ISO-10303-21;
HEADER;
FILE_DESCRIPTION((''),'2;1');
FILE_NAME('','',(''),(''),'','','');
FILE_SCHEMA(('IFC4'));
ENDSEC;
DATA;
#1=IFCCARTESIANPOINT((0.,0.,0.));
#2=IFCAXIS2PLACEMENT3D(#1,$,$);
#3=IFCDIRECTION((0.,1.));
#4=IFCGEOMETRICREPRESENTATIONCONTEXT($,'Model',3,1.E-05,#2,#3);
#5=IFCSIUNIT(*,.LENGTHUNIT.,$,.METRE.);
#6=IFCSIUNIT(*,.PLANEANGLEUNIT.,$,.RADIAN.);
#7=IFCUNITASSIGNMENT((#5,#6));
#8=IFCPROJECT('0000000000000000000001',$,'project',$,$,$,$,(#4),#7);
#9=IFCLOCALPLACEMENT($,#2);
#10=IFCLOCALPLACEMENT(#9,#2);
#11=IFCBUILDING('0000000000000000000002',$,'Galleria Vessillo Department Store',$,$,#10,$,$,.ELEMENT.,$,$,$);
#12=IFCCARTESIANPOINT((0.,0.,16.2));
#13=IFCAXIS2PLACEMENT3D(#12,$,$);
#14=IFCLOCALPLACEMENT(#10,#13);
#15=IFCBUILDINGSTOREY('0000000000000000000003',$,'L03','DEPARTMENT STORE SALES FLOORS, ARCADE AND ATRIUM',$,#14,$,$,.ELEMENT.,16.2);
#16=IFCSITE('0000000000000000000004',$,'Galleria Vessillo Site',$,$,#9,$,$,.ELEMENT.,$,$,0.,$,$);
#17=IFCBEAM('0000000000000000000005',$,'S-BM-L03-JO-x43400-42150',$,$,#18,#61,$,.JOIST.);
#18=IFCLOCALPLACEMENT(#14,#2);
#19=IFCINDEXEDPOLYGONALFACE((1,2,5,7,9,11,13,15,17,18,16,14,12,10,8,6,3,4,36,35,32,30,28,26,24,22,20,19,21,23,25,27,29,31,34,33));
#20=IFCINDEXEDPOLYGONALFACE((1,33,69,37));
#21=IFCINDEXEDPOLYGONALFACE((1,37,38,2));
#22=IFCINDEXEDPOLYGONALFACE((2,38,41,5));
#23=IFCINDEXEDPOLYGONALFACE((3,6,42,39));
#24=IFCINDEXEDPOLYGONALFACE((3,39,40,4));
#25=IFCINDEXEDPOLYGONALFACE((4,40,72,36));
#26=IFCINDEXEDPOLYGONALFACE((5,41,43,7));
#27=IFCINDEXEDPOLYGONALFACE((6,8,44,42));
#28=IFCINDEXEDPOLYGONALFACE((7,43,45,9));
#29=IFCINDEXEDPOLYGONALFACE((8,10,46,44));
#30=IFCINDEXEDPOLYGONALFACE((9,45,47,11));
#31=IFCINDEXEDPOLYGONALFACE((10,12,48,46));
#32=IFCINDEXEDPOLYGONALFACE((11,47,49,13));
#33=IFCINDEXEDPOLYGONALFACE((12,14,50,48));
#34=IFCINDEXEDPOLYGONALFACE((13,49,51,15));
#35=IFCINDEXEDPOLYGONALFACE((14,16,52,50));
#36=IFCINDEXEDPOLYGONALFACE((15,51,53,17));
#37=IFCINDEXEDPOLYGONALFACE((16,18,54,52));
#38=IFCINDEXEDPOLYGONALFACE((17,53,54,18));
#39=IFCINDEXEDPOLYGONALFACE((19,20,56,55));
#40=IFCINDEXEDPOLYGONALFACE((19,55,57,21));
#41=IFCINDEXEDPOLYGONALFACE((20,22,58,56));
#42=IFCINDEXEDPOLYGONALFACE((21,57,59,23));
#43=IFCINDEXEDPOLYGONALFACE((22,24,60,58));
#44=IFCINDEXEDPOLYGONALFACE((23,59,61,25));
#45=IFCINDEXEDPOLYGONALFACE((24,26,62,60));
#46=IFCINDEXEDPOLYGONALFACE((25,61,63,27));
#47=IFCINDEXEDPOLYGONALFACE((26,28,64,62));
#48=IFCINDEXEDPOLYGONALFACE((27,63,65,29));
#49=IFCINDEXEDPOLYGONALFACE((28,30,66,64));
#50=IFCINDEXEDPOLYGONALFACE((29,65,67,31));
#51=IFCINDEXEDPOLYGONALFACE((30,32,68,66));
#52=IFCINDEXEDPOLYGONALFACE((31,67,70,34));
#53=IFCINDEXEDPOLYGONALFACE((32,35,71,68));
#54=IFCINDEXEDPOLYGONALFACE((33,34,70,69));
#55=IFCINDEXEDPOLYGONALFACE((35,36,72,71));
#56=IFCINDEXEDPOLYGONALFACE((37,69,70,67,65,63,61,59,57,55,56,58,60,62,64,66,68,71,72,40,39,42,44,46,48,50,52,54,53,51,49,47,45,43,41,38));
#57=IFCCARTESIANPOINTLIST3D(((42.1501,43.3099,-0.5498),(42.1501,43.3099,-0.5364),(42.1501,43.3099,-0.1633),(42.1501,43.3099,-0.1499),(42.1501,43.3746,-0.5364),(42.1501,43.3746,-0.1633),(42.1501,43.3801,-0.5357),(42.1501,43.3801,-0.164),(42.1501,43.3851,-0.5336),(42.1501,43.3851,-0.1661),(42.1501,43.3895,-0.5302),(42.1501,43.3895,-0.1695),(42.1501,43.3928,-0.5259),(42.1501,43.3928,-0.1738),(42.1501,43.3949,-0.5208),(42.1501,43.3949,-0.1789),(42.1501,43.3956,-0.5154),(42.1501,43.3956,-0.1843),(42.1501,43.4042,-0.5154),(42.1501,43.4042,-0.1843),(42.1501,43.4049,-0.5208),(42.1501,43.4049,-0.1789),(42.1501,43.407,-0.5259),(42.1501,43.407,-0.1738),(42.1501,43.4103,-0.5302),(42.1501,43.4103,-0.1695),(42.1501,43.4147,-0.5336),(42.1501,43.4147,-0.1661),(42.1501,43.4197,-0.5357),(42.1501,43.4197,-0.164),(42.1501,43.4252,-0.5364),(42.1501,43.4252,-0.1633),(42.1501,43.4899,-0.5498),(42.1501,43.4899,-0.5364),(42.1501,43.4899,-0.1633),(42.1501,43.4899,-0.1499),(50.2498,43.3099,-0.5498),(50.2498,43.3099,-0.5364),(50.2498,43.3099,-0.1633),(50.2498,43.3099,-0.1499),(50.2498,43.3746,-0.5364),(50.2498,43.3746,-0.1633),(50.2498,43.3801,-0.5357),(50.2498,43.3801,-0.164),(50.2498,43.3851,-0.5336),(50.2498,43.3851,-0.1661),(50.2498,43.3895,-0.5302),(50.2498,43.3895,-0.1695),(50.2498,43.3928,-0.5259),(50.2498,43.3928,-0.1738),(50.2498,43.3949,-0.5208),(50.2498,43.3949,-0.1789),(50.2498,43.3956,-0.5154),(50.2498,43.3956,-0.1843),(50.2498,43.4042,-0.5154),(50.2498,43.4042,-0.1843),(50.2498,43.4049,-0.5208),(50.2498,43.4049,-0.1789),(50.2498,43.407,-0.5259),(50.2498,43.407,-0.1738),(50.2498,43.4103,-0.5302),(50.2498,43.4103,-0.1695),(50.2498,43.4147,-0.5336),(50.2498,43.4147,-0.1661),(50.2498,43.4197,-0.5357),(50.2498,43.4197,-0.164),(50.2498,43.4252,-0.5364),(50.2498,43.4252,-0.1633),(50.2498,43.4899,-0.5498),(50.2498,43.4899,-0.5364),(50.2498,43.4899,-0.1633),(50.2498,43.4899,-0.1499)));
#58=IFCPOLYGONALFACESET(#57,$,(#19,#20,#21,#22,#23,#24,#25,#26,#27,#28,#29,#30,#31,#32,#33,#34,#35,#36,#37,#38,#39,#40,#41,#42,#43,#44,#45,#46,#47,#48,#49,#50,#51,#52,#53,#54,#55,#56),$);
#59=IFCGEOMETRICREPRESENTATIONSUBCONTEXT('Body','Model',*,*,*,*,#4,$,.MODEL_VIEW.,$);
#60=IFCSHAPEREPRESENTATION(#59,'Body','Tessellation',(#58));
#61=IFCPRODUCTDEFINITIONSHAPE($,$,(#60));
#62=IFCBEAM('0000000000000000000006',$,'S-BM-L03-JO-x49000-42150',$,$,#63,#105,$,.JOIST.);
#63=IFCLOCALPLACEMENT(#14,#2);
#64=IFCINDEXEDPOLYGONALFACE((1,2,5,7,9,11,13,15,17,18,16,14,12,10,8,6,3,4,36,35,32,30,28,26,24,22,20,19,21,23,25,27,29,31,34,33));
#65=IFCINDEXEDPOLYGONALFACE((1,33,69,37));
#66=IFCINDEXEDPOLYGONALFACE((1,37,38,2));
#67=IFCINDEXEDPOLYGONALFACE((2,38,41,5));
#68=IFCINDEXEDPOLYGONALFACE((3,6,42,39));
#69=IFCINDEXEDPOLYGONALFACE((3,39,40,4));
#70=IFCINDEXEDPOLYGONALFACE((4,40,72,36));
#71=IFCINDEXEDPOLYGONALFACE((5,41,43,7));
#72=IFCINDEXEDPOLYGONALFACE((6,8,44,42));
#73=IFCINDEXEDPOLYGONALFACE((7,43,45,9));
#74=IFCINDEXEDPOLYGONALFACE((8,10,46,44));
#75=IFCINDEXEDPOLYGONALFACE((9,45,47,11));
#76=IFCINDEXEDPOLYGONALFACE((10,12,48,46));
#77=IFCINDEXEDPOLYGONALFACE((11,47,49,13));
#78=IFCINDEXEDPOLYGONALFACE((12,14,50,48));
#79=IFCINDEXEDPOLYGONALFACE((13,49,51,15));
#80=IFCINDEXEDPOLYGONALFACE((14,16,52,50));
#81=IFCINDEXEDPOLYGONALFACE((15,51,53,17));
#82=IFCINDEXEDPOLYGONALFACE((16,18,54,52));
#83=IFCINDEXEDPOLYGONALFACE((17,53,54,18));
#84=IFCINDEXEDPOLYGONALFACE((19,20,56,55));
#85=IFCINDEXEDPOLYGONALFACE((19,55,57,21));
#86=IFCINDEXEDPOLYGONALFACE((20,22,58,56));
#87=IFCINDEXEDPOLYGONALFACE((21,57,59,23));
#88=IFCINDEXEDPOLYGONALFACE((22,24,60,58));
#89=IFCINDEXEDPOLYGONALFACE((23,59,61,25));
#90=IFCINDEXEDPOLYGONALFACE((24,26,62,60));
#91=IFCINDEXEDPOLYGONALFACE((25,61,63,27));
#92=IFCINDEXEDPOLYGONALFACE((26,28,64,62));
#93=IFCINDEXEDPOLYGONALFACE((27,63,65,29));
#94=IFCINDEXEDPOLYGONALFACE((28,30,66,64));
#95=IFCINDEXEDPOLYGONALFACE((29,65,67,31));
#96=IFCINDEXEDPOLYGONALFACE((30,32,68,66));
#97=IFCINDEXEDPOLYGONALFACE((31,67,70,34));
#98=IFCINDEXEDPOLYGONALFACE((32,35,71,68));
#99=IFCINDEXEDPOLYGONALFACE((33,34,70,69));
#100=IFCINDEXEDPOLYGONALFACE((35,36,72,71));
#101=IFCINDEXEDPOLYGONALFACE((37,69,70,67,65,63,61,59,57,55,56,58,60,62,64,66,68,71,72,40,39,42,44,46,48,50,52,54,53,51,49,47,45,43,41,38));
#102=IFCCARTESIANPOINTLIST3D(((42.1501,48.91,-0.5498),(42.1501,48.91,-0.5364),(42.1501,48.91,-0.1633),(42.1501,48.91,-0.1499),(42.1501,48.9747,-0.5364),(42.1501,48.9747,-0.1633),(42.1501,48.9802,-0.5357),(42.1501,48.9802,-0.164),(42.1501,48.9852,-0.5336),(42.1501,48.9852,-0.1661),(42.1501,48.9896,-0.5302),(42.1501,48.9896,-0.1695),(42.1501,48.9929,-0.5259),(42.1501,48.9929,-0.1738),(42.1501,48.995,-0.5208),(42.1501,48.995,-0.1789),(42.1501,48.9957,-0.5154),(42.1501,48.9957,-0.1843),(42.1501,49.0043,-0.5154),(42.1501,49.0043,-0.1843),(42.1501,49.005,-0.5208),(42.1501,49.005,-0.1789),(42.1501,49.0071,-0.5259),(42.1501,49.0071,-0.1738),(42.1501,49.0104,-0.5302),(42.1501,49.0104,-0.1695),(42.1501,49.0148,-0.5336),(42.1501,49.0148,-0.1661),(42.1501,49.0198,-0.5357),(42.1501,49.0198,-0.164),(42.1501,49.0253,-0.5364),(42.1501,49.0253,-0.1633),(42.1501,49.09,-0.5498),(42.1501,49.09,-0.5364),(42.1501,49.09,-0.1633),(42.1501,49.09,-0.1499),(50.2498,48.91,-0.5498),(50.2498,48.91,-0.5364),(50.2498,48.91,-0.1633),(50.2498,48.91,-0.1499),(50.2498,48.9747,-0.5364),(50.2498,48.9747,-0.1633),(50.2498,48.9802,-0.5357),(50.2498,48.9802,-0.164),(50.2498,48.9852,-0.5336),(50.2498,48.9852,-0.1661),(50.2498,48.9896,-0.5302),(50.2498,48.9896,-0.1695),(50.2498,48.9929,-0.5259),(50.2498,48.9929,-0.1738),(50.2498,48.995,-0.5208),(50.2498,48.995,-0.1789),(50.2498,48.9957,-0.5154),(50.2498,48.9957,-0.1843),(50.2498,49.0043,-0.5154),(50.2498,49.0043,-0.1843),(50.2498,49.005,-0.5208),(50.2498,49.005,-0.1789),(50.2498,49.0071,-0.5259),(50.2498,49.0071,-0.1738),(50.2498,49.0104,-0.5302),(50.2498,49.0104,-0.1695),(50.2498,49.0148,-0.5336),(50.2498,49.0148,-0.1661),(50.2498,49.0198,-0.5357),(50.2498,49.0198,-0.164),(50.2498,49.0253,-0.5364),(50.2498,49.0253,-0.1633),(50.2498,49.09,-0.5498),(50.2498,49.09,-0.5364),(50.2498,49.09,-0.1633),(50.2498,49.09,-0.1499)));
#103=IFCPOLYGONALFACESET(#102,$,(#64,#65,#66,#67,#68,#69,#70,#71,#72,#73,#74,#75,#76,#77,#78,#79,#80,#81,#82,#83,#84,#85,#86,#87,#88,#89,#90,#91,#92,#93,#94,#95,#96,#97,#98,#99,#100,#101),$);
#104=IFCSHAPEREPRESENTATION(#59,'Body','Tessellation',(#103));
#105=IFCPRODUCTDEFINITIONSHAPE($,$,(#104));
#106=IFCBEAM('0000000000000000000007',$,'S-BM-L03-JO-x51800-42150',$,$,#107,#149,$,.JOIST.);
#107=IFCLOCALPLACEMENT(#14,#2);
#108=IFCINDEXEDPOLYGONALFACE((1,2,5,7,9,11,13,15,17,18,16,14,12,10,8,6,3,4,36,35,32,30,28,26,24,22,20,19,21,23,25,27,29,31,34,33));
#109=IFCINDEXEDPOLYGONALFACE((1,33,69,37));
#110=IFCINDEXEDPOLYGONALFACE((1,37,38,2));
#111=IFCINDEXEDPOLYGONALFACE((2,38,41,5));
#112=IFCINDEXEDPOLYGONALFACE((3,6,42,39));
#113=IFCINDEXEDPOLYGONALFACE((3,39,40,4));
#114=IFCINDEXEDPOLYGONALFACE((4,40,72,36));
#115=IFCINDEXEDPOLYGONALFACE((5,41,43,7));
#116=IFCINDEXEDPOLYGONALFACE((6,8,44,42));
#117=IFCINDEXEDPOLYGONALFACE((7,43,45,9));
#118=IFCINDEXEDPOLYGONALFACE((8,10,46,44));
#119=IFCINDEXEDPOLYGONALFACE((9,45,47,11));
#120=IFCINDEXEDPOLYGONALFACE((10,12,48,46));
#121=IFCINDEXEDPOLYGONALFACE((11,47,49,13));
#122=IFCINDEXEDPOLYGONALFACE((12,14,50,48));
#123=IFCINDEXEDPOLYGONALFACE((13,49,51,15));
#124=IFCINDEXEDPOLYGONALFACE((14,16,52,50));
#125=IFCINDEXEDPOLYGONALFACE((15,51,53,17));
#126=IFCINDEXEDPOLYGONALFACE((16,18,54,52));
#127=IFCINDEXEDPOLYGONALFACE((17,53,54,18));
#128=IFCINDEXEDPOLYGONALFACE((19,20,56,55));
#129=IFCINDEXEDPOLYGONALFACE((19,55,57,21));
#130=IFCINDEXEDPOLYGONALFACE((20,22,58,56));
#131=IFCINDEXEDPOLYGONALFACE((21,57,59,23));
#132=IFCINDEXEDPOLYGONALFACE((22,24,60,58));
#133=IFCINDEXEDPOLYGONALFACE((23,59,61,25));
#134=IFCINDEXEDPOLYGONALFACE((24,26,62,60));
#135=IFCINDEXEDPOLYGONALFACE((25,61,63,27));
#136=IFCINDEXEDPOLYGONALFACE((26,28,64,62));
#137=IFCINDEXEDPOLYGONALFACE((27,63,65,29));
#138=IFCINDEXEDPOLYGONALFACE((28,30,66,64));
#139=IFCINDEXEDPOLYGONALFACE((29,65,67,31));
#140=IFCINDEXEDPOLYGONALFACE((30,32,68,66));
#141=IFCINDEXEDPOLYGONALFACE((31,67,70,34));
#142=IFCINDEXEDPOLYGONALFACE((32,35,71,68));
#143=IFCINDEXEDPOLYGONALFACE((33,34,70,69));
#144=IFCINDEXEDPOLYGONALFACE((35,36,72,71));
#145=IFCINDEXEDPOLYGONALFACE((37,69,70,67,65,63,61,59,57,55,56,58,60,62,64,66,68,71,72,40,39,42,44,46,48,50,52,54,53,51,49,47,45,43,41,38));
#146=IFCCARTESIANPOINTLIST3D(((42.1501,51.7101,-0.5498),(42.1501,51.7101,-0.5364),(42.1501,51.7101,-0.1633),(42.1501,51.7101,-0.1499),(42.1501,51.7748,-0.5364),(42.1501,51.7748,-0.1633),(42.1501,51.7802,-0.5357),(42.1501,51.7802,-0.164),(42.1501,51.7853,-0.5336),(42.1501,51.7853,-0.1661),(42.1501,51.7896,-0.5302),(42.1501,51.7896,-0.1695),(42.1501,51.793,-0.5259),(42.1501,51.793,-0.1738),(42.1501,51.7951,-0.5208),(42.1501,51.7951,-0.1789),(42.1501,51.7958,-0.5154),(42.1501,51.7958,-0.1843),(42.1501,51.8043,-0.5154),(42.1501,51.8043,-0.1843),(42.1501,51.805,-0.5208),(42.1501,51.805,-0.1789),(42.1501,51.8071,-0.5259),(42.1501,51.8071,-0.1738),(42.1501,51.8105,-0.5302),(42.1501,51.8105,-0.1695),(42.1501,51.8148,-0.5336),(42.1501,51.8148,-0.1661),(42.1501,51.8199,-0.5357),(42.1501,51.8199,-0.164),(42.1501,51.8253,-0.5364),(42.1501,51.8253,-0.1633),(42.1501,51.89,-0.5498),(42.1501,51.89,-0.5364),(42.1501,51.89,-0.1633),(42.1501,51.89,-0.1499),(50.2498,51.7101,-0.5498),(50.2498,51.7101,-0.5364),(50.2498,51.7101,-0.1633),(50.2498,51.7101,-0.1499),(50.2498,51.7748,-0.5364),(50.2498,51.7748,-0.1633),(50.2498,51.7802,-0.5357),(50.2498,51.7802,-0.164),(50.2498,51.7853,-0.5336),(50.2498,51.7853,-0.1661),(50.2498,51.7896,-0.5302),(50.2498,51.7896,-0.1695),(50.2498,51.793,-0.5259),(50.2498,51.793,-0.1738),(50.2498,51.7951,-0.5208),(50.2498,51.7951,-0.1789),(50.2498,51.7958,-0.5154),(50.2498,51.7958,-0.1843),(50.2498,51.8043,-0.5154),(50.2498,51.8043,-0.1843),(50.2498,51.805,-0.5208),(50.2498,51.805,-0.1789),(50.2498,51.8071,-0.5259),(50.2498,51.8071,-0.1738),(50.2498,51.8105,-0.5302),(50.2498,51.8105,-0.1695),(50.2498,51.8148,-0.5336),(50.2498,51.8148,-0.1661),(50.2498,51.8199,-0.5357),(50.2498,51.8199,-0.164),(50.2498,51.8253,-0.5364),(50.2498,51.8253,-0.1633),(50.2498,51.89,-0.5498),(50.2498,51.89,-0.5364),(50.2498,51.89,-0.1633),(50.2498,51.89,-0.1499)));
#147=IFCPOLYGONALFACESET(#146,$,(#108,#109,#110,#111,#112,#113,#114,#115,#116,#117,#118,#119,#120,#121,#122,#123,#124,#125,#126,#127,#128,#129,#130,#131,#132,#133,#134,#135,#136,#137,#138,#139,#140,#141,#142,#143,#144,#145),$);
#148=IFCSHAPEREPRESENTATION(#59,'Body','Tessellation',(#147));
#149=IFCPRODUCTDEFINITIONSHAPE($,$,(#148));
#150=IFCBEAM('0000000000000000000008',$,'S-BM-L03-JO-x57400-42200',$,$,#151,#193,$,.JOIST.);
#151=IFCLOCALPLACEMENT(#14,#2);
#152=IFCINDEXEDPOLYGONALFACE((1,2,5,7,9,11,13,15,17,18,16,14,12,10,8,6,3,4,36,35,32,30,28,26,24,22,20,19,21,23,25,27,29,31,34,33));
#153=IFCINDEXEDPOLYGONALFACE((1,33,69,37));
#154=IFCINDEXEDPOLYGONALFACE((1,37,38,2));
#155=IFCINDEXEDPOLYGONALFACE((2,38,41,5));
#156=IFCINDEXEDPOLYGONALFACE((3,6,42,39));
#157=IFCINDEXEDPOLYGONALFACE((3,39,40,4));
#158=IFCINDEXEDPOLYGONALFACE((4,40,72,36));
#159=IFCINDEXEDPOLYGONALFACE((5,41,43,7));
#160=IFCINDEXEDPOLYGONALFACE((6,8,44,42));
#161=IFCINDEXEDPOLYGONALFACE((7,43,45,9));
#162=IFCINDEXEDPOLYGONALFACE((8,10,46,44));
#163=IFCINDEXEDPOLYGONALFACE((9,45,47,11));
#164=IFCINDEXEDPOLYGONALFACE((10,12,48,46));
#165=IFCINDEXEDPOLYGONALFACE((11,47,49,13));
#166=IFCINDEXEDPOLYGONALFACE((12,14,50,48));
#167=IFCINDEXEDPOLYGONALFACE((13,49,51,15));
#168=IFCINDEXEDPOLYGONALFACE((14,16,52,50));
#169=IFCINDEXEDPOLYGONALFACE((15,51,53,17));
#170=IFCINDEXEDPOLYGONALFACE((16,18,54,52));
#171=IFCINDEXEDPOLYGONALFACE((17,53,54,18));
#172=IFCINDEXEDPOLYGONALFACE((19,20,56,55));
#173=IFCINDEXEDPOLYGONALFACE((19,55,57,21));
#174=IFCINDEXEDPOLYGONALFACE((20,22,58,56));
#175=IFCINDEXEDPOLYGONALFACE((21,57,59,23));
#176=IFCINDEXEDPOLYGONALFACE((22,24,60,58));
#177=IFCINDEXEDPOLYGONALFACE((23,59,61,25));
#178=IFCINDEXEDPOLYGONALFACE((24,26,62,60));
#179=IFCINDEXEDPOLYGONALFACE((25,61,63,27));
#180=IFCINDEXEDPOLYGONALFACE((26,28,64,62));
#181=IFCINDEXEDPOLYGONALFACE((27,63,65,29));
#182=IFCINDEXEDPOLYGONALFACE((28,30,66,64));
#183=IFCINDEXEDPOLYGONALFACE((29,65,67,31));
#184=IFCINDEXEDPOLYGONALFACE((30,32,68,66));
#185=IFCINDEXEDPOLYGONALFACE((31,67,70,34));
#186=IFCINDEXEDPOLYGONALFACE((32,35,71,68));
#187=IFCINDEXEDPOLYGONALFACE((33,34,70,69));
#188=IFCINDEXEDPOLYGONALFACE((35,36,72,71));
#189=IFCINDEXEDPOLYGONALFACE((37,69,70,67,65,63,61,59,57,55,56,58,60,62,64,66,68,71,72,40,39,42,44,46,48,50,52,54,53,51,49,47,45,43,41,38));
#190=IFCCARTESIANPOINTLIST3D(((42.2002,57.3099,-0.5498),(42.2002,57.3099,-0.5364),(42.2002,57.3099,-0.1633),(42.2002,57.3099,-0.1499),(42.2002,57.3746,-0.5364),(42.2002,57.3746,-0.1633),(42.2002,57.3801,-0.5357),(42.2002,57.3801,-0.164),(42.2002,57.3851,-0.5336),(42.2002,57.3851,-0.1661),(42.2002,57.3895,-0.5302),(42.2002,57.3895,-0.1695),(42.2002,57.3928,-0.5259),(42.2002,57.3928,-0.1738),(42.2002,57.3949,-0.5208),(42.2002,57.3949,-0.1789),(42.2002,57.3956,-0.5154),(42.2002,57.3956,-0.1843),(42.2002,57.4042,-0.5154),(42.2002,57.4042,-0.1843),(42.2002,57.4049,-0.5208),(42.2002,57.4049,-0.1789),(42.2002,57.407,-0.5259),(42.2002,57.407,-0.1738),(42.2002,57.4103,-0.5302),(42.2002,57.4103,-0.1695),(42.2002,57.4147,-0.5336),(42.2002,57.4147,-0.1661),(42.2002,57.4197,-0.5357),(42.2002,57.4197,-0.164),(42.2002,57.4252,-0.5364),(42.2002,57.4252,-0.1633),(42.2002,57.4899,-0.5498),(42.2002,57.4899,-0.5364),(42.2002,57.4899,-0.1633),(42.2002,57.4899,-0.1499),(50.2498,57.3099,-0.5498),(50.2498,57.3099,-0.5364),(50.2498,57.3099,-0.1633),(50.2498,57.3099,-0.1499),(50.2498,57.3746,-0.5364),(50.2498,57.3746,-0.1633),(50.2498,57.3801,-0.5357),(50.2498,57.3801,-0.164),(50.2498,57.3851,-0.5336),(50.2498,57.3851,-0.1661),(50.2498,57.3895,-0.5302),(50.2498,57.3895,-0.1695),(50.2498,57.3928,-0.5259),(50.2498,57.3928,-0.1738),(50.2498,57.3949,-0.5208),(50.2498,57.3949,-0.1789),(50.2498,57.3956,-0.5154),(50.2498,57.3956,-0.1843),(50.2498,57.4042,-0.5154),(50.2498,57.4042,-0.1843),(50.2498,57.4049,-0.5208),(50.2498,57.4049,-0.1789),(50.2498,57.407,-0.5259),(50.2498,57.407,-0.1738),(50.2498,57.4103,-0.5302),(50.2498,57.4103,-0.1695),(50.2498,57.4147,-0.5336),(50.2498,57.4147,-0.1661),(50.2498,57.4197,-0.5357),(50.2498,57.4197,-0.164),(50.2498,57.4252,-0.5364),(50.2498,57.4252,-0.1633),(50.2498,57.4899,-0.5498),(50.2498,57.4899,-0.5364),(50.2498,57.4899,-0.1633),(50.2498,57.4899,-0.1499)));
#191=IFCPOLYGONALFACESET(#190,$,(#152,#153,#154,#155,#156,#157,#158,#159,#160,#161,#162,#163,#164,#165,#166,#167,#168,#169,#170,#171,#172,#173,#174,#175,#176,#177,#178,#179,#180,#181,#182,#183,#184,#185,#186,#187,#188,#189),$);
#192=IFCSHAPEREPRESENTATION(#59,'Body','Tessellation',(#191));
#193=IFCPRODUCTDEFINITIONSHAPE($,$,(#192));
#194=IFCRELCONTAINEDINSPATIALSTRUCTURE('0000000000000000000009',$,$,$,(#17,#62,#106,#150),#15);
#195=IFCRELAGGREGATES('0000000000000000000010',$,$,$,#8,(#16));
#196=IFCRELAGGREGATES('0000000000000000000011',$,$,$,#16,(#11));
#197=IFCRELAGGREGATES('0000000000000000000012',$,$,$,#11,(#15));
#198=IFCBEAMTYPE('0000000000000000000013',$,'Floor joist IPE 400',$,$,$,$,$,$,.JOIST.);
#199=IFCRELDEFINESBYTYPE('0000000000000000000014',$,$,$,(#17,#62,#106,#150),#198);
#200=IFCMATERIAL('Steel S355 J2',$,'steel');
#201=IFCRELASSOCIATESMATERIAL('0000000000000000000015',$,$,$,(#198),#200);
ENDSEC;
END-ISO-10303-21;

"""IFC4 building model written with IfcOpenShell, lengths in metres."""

from ifc_helpers import new_model, si_unit, direction, frame, origin, origin_2d, place, context, subcontext, project, spatial, i_section, extrude, material, material_profile, profile_set, type_object, element, save


model = new_model("IFC4")

# Units and contexts
model_context = context("Model", 3, precision=1e-05, world=origin(), true_north=direction((0.0, 1.0)))
body_context = subcontext(model_context, "Body", "Model", "MODEL_VIEW")
ifc_project = project(units=[si_unit("LENGTHUNIT", "METRE"), si_unit("PLANEANGLEUNIT", "RADIAN")], contexts=[model_context])

# Site, building, storey
site_placement = place(None, origin())
site = spatial("IfcSite", under=ifc_project, at=site_placement, Name="Galleria Vessillo Site", CompositionType="ELEMENT", RefElevation=0.0)
building_placement = place(site_placement, origin())
building = spatial("IfcBuilding", under=site, at=building_placement, Name="Galleria Vessillo Department Store", CompositionType="ELEMENT")
storey_placement = place(building_placement, frame((0.0, 0.0, 16.2)))
storey = spatial("IfcBuildingStorey", under=building, at=storey_placement, Name="L03", Description="DEPARTMENT STORE SALES FLOORS, ARCADE AND ATRIUM", CompositionType="ELEMENT", Elevation=16.2)

# Beams
ifc_material_1 = material(Name="Steel S355 J2", Category="steel")
ifc_material_profile_1 = material_profile(ifc_material_1, i_section(OverallWidth=0.1799, OverallDepth=0.3999, WebThickness=0.0085, FlangeThickness=0.0134, FilletRadius=0.021, at=origin_2d()), Name="IPE 400")
ifc_profile_set_1 = profile_set([ifc_material_profile_1], Name="Steel S355 J2")
beam_type_1 = type_object("IfcBeamType", Name="Floor joist IPE 400", PredefinedType="JOIST", material=ifc_profile_set_1)
for number, where, z_axis, x_axis, name in (
    (1, (42.1501, 43.3999, -0.3499), (1.0, 0.0, 0.0), (0.0, 1.0, 0.0), "S-BM-L03-JO-x43400-42150"),
    (2, (42.1501, 49.0, -0.3499), (1.0, 0.0, 0.0), (0.0, 1.0, 0.0), "S-BM-L03-JO-x49000-42150"),
    (3, (42.1501, 51.8, -0.3499), (1.0, 0.0, 0.0), (0.0, 1.0, 0.0), "S-BM-L03-JO-x51800-42150"),
):
    element("IfcBeam", number, at=place(storey_placement, frame(where, z_axis=z_axis, x_axis=x_axis)), inside=storey, type_object=beam_type_1, Name=name, PredefinedType="JOIST", context=body_context, shape_type="SweptSolid", body=[
        extrude(i_section(OverallWidth=0.1799, OverallDepth=0.3999, WebThickness=0.0085, FlangeThickness=0.0134, FilletRadius=0.021, at=origin_2d()), origin(), (0.0, 0.0, 1.0), 8.0996),
    ])
for number, where, z_axis, x_axis, name in (
    (4, (42.2002, 57.3999, -0.3499), (1.0, 0.0, 0.0), (0.0, 1.0, 0.0), "S-BM-L03-JO-x57400-42200"),
):
    element("IfcBeam", number, at=place(storey_placement, frame(where, z_axis=z_axis, x_axis=x_axis)), inside=storey, type_object=beam_type_1, Name=name, PredefinedType="JOIST", context=body_context, shape_type="SweptSolid", body=[
        extrude(i_section(OverallWidth=0.1799, OverallDepth=0.3999, WebThickness=0.0085, FlangeThickness=0.0134, FilletRadius=0.021, at=origin_2d()), origin(), (0.0, 0.0, 1.0), 8.0496),
    ])

save(model, "model.ifc")
